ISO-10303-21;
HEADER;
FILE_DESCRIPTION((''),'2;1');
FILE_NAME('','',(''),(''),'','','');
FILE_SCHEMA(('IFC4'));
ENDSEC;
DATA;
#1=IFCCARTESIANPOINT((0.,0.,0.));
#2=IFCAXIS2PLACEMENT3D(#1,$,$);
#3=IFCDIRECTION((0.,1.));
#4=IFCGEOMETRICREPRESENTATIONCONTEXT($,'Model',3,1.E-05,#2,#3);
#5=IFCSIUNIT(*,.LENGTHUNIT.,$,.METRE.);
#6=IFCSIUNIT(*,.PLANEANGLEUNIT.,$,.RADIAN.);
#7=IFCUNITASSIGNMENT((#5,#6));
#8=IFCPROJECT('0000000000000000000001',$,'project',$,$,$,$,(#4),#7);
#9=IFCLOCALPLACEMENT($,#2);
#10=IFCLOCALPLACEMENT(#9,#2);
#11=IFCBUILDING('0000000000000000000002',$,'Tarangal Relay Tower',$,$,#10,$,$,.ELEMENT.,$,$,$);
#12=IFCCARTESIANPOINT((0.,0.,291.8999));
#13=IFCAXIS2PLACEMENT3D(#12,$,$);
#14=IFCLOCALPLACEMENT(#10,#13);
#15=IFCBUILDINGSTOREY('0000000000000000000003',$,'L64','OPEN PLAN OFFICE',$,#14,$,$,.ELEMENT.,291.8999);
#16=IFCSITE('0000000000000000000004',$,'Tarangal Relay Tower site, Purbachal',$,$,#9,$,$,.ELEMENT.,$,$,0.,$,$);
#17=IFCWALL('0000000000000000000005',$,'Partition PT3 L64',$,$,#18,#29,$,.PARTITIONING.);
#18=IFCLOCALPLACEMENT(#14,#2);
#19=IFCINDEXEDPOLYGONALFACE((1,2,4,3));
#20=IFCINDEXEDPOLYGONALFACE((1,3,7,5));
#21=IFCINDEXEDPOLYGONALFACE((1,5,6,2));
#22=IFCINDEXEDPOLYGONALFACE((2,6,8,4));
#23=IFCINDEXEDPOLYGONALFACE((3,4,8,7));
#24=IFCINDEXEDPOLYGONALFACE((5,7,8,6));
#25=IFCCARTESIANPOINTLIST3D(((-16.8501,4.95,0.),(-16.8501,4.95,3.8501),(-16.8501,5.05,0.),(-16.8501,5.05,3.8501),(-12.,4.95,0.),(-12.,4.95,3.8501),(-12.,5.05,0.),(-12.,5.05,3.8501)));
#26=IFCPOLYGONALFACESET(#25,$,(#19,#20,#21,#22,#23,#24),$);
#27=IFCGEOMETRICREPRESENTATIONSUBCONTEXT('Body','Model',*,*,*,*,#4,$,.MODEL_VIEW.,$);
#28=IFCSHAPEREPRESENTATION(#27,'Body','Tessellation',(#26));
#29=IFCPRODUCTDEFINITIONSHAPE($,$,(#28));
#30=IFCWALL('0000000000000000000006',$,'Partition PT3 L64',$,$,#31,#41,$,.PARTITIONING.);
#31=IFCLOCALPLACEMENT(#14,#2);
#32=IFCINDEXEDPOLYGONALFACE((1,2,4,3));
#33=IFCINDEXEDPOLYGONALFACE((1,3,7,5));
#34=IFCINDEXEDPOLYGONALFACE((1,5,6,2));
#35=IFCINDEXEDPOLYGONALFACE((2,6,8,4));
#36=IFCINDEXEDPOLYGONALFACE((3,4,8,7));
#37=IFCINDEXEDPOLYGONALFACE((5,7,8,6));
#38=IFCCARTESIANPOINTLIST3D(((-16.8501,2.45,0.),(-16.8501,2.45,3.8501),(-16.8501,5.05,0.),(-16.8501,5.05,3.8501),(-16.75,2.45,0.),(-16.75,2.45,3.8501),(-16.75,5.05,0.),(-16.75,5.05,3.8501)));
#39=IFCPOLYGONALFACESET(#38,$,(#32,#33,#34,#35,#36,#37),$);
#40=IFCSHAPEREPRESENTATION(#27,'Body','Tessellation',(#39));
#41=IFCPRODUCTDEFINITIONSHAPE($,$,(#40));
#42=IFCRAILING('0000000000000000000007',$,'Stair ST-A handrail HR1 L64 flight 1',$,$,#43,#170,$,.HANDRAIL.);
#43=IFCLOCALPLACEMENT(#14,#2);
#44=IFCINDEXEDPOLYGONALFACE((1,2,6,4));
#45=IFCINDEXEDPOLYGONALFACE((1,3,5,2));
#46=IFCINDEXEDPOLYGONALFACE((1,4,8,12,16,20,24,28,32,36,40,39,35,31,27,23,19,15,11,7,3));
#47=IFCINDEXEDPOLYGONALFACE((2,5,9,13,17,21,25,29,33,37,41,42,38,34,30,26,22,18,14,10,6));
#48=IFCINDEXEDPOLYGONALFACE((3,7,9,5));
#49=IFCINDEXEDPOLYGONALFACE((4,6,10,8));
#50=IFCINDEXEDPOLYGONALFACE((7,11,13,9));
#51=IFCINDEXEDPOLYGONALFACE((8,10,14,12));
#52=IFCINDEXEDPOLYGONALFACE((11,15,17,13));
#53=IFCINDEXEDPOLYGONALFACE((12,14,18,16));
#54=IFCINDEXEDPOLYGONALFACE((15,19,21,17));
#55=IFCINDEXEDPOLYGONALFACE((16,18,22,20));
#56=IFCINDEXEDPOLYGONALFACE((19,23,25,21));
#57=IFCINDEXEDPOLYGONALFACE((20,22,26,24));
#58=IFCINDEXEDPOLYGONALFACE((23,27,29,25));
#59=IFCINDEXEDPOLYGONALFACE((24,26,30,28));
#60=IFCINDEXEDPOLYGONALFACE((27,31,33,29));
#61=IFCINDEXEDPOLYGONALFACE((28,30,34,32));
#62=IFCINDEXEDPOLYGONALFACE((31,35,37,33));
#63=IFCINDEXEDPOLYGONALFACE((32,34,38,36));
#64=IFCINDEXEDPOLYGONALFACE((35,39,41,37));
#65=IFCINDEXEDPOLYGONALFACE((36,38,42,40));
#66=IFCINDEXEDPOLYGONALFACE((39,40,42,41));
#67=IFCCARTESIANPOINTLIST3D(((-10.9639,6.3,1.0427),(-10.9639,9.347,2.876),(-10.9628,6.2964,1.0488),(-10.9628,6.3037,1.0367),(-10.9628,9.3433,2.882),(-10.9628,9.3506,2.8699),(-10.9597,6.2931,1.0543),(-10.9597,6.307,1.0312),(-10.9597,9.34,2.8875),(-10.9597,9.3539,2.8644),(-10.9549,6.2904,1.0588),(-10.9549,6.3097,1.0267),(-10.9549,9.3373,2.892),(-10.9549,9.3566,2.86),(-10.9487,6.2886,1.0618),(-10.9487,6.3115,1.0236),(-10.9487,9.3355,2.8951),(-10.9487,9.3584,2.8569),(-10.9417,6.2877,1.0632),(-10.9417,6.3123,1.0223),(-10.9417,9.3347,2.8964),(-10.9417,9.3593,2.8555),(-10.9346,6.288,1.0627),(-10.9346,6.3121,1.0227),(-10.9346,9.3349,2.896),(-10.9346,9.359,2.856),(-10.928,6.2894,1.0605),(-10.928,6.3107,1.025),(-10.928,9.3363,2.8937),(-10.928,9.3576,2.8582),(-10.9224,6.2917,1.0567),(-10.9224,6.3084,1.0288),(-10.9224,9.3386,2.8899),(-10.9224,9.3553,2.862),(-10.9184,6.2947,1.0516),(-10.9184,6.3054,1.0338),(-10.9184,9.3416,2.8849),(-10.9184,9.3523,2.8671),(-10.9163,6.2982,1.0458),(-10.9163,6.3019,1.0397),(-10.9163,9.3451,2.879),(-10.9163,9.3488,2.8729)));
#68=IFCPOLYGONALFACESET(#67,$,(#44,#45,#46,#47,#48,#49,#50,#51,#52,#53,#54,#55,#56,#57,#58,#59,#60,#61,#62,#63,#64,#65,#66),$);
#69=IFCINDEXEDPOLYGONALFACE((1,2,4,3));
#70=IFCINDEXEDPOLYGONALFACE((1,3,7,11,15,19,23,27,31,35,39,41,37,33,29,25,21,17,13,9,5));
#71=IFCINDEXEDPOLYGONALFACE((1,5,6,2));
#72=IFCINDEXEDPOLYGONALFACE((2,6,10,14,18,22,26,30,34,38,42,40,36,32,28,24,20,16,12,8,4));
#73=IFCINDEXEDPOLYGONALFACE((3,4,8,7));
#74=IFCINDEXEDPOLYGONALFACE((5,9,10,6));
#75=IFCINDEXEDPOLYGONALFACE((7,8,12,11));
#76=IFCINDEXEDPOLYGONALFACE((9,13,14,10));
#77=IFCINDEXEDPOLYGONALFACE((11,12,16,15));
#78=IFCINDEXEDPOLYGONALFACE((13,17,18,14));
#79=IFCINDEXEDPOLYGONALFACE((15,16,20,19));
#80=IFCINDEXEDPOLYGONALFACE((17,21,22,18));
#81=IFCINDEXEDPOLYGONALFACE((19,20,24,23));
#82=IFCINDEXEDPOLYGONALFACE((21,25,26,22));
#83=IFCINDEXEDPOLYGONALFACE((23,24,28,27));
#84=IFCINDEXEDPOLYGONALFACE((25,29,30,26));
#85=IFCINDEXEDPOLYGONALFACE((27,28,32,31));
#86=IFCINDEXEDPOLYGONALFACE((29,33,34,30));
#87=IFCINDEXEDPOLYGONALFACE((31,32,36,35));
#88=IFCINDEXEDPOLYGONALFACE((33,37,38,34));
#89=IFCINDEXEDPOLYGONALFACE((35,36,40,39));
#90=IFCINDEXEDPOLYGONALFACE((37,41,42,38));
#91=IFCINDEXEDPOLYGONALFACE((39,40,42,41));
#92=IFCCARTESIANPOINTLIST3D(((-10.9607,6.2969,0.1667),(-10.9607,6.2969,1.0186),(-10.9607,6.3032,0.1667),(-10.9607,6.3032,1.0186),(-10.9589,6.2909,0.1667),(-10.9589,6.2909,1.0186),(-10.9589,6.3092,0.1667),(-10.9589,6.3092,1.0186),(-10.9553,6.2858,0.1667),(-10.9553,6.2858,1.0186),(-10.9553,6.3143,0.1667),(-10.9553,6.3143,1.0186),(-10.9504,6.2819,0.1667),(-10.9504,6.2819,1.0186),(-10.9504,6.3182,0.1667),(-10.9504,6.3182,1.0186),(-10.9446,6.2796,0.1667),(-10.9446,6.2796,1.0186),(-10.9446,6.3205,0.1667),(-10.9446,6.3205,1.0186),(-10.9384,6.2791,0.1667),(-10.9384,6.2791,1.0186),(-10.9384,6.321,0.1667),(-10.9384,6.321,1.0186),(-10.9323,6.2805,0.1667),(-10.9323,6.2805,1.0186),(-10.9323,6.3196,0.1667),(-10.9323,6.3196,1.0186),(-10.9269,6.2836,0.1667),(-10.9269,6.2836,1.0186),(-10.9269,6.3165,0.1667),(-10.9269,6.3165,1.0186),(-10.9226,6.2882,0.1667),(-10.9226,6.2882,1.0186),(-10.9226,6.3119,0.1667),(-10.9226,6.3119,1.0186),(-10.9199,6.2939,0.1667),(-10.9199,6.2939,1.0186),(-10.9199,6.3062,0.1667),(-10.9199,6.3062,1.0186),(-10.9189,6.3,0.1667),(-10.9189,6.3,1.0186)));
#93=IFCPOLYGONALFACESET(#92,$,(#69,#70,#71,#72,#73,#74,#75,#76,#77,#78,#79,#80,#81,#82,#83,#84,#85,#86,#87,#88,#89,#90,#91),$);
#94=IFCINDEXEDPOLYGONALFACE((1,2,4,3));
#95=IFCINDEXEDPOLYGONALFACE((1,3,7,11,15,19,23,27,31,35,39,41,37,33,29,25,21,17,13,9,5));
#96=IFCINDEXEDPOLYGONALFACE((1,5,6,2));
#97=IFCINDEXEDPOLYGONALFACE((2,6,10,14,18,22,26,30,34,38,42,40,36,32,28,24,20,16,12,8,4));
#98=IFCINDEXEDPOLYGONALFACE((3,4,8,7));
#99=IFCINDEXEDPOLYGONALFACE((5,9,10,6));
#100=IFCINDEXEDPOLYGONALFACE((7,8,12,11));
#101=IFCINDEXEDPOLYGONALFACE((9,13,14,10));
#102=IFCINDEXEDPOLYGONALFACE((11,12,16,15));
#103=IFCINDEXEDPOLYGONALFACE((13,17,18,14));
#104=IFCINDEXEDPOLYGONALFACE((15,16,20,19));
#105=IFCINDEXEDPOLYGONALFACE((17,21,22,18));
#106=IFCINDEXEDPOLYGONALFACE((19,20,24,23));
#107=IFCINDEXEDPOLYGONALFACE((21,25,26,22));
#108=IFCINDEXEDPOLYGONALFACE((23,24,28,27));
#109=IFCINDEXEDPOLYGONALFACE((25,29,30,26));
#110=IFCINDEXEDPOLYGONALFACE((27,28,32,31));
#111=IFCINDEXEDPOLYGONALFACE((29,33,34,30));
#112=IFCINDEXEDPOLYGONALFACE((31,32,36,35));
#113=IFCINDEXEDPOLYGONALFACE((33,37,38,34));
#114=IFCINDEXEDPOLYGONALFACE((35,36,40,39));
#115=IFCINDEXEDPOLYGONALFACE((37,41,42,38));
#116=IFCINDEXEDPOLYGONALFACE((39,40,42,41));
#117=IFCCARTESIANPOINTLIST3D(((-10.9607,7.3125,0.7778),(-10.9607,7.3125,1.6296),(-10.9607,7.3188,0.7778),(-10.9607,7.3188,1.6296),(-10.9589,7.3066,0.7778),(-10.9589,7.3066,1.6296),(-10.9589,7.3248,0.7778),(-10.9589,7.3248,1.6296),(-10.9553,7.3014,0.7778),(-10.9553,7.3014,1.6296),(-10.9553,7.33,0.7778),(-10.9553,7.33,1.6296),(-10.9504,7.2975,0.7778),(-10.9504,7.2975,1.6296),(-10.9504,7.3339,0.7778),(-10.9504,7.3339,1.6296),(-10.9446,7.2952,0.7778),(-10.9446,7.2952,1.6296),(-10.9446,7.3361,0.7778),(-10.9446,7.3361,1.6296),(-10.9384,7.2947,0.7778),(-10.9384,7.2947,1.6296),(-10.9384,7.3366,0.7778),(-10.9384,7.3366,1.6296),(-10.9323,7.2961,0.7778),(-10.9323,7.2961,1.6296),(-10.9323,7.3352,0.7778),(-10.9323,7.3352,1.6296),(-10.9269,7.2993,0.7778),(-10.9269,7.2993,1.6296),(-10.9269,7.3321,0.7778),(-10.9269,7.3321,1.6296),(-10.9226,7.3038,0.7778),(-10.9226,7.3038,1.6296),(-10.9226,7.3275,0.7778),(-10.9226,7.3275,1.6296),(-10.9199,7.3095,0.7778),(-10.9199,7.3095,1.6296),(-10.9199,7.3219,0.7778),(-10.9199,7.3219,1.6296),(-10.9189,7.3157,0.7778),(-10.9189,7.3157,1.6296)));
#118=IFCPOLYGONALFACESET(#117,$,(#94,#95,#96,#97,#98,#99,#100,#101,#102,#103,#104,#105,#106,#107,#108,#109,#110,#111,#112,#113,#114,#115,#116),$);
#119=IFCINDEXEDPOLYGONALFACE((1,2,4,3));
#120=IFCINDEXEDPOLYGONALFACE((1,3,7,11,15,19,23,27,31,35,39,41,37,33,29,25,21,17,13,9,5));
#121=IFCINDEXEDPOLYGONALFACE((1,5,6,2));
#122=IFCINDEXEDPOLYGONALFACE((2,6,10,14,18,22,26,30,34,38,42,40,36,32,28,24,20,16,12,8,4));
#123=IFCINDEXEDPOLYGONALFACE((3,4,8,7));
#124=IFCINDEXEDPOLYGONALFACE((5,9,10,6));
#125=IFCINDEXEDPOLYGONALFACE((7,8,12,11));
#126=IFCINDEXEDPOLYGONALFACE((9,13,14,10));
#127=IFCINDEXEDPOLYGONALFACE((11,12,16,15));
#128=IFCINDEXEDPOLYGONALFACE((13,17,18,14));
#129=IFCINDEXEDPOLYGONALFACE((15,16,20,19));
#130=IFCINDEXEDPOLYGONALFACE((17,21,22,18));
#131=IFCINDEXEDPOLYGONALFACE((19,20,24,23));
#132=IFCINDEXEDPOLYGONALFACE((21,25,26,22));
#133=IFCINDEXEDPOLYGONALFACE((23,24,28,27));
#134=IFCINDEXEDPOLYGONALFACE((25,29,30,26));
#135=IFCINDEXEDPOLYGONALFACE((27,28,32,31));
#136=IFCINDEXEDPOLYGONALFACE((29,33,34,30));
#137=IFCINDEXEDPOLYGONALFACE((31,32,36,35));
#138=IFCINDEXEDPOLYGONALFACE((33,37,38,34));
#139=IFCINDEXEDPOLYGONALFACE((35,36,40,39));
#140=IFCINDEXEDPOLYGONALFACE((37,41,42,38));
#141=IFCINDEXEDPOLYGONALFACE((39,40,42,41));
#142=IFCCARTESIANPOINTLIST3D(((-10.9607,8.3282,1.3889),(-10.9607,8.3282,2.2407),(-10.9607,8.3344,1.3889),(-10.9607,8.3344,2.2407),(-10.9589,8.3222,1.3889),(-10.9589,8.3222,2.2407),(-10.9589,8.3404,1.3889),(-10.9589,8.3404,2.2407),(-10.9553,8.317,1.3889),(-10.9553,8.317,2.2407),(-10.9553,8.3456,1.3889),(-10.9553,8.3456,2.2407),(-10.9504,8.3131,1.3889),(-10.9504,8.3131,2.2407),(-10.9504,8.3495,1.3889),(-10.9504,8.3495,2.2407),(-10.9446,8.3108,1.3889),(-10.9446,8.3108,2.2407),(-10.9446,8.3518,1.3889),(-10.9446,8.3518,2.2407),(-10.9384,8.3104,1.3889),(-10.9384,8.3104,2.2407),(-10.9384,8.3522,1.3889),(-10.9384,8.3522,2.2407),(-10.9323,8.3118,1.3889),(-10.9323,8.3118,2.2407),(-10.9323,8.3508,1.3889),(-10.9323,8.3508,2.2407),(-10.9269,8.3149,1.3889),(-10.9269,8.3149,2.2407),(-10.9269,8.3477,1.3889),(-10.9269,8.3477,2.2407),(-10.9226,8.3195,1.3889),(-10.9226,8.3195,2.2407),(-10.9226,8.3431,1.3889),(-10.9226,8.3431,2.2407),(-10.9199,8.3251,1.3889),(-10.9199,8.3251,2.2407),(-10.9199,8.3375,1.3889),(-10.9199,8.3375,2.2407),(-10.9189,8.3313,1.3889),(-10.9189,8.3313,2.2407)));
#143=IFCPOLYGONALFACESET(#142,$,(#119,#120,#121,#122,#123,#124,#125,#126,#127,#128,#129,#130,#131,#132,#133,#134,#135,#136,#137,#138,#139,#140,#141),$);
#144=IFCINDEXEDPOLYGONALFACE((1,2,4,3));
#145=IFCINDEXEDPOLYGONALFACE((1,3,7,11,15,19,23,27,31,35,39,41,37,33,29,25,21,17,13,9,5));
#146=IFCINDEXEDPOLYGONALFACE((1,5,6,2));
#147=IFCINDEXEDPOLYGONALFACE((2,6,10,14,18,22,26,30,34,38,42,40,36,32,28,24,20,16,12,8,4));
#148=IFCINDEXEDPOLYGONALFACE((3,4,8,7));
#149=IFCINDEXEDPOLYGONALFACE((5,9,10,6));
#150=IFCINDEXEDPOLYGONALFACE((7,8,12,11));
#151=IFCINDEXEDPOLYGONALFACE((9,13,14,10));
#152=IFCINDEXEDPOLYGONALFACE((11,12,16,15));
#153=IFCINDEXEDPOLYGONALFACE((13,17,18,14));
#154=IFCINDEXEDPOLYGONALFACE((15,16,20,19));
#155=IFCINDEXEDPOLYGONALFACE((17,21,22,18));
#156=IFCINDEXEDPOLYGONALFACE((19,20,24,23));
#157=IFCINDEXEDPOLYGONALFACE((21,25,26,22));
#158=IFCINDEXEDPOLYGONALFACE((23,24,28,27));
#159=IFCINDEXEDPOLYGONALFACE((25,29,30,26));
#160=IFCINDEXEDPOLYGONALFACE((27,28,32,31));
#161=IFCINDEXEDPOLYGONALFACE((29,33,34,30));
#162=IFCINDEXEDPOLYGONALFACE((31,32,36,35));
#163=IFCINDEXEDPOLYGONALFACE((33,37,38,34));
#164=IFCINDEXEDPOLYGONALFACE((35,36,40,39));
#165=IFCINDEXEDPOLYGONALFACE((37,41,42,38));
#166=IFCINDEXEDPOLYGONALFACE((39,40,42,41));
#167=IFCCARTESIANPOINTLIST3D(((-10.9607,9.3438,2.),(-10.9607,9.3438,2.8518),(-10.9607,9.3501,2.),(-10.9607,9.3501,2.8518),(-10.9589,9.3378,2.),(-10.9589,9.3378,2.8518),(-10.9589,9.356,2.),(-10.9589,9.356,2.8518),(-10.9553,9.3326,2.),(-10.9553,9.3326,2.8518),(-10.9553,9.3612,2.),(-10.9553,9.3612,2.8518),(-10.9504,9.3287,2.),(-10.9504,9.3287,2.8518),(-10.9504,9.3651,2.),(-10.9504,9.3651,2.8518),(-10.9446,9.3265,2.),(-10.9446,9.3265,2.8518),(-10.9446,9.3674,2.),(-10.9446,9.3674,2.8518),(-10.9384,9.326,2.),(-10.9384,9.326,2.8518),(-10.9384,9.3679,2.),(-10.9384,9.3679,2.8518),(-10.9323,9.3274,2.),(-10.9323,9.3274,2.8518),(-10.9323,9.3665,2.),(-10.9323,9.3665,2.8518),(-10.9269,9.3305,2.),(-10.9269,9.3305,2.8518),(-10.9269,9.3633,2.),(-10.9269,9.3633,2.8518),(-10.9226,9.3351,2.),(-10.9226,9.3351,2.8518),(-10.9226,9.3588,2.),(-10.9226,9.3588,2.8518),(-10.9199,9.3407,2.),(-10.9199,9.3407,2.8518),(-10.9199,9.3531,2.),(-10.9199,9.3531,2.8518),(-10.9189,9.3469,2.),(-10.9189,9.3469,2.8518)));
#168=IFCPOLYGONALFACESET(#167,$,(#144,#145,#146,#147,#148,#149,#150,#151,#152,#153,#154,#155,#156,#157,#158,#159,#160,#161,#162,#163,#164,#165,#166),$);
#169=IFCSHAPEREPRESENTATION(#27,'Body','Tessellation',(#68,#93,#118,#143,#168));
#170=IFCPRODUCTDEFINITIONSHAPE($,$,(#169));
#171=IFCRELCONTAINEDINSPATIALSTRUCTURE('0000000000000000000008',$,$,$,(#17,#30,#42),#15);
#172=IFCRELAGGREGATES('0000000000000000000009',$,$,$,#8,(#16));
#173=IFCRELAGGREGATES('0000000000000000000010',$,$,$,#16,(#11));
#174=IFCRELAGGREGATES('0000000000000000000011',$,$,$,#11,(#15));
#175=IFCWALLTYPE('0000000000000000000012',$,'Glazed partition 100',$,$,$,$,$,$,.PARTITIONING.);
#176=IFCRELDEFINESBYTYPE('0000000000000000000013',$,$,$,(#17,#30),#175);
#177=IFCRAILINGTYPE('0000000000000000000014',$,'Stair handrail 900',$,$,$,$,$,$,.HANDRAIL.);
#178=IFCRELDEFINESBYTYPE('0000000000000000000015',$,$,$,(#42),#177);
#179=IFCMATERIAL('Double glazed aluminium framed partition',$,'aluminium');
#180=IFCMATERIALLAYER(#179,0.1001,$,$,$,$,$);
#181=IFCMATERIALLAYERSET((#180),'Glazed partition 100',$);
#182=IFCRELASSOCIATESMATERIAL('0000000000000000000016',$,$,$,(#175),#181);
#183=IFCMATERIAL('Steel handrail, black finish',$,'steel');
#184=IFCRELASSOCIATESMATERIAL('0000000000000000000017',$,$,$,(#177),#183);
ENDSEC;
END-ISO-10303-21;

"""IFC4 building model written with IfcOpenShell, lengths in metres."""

from ifc_helpers import new_model, si_unit, direction, frame, frame_2d, origin, origin_2d, place, context, subcontext, project, spatial, rectangle, circle, extrude, material, layer, layer_set, type_object, element, save


model = new_model("IFC4")

# Units and contexts
model_context = context("Model", 3, precision=1e-05, world=origin(), true_north=direction((0.0, 1.0)))
body_context = subcontext(model_context, "Body", "Model", "MODEL_VIEW")
ifc_project = project(units=[si_unit("LENGTHUNIT", "METRE"), si_unit("PLANEANGLEUNIT", "RADIAN")], contexts=[model_context])

# Site, building, storey
site_placement = place(None, origin())
site = spatial("IfcSite", under=ifc_project, at=site_placement, Name="Tarangal Relay Tower site, Purbachal", CompositionType="ELEMENT", RefElevation=0.0)
building_placement = place(site_placement, origin())
building = spatial("IfcBuilding", under=site, at=building_placement, Name="Tarangal Relay Tower", CompositionType="ELEMENT")
storey_placement = place(building_placement, frame((0.0, 0.0, 291.8999)))
storey = spatial("IfcBuildingStorey", under=building, at=storey_placement, Name="L64", Description="OPEN PLAN OFFICE", CompositionType="ELEMENT", Elevation=291.8999)

# Shared definitions
ifc_material_1 = material(Name="Double glazed aluminium framed partition", Category="aluminium")
ifc_layer_1 = layer(ifc_material_1, 0.1001)
ifc_layer_set_1 = layer_set([ifc_layer_1], Name="Glazed partition 100")
wall_type_1 = type_object("IfcWallType", Name="Glazed partition 100", PredefinedType="PARTITIONING", material=ifc_layer_set_1)

# Walls
wall_1_placement = place(storey_placement, frame((-16.8501, 5.0, 0.0), z_axis=(0.0, 0.0, 1.0), x_axis=(1.0, 0.0, 0.0)))
element("IfcWall", 1, at=wall_1_placement, inside=storey, type_object=wall_type_1, Name="Partition PT3 L64", PredefinedType="PARTITIONING", context=body_context, shape_type="SweptSolid", body=[
    extrude(rectangle(XDim=4.8501, YDim=0.1001, at=frame_2d((2.425, 0.0))), origin(), (0.0, 0.0, 1.0), 3.8501),
])
wall_2_placement = place(storey_placement, frame((-16.8, 2.45, 0.0), z_axis=(0.0, 0.0, 1.0), x_axis=(0.0, 1.0, 0.0)))
element("IfcWall", 2, at=wall_2_placement, inside=storey, type_object=wall_type_1, Name="Partition PT3 L64", PredefinedType="PARTITIONING", context=body_context, shape_type="SweptSolid", body=[
    extrude(rectangle(XDim=2.6001, YDim=0.1001, at=frame_2d((1.3, 0.0))), origin(), (0.0, 0.0, 1.0), 3.8501),
])

# Railing
ifc_material_2 = material(Name="Steel handrail, black finish", Category="steel")
railing_type = type_object("IfcRailingType", Name="Stair handrail 900", PredefinedType="HANDRAIL", material=ifc_material_2)
railing_placement = place(storey_placement, frame((-10.9399, 6.3, 0.1667)))
element("IfcRailing", 3, at=railing_placement, inside=storey, type_object=railing_type, Name="Stair ST-A handrail HR1 L64 flight 1", PredefinedType="HANDRAIL", context=body_context, shape_type="SweptSolid", body=[
    extrude(circle(Radius=0.0239, at=origin_2d()), frame((0.0, 0.0, 0.876), z_axis=(0.0, 0.856856, 0.515556), x_axis=(-1.0, 0.0, 0.0)), (0.0, 0.0, 1.0), 3.5559),
    extrude(circle(Radius=0.021, at=origin_2d()), origin(), (0.0, 0.0, 1.0), 0.8518),
    extrude(circle(Radius=0.021, at=origin_2d()), frame((0.0, 1.0156, 0.6111)), (0.0, 0.0, 1.0), 0.8518),
    extrude(circle(Radius=0.021, at=origin_2d()), frame((0.0, 2.0312, 1.2222)), (0.0, 0.0, 1.0), 0.8518),
    extrude(circle(Radius=0.021, at=origin_2d()), frame((0.0, 3.0469, 1.8333)), (0.0, 0.0, 1.0), 0.8518),
])

save(model, "model.ifc")
